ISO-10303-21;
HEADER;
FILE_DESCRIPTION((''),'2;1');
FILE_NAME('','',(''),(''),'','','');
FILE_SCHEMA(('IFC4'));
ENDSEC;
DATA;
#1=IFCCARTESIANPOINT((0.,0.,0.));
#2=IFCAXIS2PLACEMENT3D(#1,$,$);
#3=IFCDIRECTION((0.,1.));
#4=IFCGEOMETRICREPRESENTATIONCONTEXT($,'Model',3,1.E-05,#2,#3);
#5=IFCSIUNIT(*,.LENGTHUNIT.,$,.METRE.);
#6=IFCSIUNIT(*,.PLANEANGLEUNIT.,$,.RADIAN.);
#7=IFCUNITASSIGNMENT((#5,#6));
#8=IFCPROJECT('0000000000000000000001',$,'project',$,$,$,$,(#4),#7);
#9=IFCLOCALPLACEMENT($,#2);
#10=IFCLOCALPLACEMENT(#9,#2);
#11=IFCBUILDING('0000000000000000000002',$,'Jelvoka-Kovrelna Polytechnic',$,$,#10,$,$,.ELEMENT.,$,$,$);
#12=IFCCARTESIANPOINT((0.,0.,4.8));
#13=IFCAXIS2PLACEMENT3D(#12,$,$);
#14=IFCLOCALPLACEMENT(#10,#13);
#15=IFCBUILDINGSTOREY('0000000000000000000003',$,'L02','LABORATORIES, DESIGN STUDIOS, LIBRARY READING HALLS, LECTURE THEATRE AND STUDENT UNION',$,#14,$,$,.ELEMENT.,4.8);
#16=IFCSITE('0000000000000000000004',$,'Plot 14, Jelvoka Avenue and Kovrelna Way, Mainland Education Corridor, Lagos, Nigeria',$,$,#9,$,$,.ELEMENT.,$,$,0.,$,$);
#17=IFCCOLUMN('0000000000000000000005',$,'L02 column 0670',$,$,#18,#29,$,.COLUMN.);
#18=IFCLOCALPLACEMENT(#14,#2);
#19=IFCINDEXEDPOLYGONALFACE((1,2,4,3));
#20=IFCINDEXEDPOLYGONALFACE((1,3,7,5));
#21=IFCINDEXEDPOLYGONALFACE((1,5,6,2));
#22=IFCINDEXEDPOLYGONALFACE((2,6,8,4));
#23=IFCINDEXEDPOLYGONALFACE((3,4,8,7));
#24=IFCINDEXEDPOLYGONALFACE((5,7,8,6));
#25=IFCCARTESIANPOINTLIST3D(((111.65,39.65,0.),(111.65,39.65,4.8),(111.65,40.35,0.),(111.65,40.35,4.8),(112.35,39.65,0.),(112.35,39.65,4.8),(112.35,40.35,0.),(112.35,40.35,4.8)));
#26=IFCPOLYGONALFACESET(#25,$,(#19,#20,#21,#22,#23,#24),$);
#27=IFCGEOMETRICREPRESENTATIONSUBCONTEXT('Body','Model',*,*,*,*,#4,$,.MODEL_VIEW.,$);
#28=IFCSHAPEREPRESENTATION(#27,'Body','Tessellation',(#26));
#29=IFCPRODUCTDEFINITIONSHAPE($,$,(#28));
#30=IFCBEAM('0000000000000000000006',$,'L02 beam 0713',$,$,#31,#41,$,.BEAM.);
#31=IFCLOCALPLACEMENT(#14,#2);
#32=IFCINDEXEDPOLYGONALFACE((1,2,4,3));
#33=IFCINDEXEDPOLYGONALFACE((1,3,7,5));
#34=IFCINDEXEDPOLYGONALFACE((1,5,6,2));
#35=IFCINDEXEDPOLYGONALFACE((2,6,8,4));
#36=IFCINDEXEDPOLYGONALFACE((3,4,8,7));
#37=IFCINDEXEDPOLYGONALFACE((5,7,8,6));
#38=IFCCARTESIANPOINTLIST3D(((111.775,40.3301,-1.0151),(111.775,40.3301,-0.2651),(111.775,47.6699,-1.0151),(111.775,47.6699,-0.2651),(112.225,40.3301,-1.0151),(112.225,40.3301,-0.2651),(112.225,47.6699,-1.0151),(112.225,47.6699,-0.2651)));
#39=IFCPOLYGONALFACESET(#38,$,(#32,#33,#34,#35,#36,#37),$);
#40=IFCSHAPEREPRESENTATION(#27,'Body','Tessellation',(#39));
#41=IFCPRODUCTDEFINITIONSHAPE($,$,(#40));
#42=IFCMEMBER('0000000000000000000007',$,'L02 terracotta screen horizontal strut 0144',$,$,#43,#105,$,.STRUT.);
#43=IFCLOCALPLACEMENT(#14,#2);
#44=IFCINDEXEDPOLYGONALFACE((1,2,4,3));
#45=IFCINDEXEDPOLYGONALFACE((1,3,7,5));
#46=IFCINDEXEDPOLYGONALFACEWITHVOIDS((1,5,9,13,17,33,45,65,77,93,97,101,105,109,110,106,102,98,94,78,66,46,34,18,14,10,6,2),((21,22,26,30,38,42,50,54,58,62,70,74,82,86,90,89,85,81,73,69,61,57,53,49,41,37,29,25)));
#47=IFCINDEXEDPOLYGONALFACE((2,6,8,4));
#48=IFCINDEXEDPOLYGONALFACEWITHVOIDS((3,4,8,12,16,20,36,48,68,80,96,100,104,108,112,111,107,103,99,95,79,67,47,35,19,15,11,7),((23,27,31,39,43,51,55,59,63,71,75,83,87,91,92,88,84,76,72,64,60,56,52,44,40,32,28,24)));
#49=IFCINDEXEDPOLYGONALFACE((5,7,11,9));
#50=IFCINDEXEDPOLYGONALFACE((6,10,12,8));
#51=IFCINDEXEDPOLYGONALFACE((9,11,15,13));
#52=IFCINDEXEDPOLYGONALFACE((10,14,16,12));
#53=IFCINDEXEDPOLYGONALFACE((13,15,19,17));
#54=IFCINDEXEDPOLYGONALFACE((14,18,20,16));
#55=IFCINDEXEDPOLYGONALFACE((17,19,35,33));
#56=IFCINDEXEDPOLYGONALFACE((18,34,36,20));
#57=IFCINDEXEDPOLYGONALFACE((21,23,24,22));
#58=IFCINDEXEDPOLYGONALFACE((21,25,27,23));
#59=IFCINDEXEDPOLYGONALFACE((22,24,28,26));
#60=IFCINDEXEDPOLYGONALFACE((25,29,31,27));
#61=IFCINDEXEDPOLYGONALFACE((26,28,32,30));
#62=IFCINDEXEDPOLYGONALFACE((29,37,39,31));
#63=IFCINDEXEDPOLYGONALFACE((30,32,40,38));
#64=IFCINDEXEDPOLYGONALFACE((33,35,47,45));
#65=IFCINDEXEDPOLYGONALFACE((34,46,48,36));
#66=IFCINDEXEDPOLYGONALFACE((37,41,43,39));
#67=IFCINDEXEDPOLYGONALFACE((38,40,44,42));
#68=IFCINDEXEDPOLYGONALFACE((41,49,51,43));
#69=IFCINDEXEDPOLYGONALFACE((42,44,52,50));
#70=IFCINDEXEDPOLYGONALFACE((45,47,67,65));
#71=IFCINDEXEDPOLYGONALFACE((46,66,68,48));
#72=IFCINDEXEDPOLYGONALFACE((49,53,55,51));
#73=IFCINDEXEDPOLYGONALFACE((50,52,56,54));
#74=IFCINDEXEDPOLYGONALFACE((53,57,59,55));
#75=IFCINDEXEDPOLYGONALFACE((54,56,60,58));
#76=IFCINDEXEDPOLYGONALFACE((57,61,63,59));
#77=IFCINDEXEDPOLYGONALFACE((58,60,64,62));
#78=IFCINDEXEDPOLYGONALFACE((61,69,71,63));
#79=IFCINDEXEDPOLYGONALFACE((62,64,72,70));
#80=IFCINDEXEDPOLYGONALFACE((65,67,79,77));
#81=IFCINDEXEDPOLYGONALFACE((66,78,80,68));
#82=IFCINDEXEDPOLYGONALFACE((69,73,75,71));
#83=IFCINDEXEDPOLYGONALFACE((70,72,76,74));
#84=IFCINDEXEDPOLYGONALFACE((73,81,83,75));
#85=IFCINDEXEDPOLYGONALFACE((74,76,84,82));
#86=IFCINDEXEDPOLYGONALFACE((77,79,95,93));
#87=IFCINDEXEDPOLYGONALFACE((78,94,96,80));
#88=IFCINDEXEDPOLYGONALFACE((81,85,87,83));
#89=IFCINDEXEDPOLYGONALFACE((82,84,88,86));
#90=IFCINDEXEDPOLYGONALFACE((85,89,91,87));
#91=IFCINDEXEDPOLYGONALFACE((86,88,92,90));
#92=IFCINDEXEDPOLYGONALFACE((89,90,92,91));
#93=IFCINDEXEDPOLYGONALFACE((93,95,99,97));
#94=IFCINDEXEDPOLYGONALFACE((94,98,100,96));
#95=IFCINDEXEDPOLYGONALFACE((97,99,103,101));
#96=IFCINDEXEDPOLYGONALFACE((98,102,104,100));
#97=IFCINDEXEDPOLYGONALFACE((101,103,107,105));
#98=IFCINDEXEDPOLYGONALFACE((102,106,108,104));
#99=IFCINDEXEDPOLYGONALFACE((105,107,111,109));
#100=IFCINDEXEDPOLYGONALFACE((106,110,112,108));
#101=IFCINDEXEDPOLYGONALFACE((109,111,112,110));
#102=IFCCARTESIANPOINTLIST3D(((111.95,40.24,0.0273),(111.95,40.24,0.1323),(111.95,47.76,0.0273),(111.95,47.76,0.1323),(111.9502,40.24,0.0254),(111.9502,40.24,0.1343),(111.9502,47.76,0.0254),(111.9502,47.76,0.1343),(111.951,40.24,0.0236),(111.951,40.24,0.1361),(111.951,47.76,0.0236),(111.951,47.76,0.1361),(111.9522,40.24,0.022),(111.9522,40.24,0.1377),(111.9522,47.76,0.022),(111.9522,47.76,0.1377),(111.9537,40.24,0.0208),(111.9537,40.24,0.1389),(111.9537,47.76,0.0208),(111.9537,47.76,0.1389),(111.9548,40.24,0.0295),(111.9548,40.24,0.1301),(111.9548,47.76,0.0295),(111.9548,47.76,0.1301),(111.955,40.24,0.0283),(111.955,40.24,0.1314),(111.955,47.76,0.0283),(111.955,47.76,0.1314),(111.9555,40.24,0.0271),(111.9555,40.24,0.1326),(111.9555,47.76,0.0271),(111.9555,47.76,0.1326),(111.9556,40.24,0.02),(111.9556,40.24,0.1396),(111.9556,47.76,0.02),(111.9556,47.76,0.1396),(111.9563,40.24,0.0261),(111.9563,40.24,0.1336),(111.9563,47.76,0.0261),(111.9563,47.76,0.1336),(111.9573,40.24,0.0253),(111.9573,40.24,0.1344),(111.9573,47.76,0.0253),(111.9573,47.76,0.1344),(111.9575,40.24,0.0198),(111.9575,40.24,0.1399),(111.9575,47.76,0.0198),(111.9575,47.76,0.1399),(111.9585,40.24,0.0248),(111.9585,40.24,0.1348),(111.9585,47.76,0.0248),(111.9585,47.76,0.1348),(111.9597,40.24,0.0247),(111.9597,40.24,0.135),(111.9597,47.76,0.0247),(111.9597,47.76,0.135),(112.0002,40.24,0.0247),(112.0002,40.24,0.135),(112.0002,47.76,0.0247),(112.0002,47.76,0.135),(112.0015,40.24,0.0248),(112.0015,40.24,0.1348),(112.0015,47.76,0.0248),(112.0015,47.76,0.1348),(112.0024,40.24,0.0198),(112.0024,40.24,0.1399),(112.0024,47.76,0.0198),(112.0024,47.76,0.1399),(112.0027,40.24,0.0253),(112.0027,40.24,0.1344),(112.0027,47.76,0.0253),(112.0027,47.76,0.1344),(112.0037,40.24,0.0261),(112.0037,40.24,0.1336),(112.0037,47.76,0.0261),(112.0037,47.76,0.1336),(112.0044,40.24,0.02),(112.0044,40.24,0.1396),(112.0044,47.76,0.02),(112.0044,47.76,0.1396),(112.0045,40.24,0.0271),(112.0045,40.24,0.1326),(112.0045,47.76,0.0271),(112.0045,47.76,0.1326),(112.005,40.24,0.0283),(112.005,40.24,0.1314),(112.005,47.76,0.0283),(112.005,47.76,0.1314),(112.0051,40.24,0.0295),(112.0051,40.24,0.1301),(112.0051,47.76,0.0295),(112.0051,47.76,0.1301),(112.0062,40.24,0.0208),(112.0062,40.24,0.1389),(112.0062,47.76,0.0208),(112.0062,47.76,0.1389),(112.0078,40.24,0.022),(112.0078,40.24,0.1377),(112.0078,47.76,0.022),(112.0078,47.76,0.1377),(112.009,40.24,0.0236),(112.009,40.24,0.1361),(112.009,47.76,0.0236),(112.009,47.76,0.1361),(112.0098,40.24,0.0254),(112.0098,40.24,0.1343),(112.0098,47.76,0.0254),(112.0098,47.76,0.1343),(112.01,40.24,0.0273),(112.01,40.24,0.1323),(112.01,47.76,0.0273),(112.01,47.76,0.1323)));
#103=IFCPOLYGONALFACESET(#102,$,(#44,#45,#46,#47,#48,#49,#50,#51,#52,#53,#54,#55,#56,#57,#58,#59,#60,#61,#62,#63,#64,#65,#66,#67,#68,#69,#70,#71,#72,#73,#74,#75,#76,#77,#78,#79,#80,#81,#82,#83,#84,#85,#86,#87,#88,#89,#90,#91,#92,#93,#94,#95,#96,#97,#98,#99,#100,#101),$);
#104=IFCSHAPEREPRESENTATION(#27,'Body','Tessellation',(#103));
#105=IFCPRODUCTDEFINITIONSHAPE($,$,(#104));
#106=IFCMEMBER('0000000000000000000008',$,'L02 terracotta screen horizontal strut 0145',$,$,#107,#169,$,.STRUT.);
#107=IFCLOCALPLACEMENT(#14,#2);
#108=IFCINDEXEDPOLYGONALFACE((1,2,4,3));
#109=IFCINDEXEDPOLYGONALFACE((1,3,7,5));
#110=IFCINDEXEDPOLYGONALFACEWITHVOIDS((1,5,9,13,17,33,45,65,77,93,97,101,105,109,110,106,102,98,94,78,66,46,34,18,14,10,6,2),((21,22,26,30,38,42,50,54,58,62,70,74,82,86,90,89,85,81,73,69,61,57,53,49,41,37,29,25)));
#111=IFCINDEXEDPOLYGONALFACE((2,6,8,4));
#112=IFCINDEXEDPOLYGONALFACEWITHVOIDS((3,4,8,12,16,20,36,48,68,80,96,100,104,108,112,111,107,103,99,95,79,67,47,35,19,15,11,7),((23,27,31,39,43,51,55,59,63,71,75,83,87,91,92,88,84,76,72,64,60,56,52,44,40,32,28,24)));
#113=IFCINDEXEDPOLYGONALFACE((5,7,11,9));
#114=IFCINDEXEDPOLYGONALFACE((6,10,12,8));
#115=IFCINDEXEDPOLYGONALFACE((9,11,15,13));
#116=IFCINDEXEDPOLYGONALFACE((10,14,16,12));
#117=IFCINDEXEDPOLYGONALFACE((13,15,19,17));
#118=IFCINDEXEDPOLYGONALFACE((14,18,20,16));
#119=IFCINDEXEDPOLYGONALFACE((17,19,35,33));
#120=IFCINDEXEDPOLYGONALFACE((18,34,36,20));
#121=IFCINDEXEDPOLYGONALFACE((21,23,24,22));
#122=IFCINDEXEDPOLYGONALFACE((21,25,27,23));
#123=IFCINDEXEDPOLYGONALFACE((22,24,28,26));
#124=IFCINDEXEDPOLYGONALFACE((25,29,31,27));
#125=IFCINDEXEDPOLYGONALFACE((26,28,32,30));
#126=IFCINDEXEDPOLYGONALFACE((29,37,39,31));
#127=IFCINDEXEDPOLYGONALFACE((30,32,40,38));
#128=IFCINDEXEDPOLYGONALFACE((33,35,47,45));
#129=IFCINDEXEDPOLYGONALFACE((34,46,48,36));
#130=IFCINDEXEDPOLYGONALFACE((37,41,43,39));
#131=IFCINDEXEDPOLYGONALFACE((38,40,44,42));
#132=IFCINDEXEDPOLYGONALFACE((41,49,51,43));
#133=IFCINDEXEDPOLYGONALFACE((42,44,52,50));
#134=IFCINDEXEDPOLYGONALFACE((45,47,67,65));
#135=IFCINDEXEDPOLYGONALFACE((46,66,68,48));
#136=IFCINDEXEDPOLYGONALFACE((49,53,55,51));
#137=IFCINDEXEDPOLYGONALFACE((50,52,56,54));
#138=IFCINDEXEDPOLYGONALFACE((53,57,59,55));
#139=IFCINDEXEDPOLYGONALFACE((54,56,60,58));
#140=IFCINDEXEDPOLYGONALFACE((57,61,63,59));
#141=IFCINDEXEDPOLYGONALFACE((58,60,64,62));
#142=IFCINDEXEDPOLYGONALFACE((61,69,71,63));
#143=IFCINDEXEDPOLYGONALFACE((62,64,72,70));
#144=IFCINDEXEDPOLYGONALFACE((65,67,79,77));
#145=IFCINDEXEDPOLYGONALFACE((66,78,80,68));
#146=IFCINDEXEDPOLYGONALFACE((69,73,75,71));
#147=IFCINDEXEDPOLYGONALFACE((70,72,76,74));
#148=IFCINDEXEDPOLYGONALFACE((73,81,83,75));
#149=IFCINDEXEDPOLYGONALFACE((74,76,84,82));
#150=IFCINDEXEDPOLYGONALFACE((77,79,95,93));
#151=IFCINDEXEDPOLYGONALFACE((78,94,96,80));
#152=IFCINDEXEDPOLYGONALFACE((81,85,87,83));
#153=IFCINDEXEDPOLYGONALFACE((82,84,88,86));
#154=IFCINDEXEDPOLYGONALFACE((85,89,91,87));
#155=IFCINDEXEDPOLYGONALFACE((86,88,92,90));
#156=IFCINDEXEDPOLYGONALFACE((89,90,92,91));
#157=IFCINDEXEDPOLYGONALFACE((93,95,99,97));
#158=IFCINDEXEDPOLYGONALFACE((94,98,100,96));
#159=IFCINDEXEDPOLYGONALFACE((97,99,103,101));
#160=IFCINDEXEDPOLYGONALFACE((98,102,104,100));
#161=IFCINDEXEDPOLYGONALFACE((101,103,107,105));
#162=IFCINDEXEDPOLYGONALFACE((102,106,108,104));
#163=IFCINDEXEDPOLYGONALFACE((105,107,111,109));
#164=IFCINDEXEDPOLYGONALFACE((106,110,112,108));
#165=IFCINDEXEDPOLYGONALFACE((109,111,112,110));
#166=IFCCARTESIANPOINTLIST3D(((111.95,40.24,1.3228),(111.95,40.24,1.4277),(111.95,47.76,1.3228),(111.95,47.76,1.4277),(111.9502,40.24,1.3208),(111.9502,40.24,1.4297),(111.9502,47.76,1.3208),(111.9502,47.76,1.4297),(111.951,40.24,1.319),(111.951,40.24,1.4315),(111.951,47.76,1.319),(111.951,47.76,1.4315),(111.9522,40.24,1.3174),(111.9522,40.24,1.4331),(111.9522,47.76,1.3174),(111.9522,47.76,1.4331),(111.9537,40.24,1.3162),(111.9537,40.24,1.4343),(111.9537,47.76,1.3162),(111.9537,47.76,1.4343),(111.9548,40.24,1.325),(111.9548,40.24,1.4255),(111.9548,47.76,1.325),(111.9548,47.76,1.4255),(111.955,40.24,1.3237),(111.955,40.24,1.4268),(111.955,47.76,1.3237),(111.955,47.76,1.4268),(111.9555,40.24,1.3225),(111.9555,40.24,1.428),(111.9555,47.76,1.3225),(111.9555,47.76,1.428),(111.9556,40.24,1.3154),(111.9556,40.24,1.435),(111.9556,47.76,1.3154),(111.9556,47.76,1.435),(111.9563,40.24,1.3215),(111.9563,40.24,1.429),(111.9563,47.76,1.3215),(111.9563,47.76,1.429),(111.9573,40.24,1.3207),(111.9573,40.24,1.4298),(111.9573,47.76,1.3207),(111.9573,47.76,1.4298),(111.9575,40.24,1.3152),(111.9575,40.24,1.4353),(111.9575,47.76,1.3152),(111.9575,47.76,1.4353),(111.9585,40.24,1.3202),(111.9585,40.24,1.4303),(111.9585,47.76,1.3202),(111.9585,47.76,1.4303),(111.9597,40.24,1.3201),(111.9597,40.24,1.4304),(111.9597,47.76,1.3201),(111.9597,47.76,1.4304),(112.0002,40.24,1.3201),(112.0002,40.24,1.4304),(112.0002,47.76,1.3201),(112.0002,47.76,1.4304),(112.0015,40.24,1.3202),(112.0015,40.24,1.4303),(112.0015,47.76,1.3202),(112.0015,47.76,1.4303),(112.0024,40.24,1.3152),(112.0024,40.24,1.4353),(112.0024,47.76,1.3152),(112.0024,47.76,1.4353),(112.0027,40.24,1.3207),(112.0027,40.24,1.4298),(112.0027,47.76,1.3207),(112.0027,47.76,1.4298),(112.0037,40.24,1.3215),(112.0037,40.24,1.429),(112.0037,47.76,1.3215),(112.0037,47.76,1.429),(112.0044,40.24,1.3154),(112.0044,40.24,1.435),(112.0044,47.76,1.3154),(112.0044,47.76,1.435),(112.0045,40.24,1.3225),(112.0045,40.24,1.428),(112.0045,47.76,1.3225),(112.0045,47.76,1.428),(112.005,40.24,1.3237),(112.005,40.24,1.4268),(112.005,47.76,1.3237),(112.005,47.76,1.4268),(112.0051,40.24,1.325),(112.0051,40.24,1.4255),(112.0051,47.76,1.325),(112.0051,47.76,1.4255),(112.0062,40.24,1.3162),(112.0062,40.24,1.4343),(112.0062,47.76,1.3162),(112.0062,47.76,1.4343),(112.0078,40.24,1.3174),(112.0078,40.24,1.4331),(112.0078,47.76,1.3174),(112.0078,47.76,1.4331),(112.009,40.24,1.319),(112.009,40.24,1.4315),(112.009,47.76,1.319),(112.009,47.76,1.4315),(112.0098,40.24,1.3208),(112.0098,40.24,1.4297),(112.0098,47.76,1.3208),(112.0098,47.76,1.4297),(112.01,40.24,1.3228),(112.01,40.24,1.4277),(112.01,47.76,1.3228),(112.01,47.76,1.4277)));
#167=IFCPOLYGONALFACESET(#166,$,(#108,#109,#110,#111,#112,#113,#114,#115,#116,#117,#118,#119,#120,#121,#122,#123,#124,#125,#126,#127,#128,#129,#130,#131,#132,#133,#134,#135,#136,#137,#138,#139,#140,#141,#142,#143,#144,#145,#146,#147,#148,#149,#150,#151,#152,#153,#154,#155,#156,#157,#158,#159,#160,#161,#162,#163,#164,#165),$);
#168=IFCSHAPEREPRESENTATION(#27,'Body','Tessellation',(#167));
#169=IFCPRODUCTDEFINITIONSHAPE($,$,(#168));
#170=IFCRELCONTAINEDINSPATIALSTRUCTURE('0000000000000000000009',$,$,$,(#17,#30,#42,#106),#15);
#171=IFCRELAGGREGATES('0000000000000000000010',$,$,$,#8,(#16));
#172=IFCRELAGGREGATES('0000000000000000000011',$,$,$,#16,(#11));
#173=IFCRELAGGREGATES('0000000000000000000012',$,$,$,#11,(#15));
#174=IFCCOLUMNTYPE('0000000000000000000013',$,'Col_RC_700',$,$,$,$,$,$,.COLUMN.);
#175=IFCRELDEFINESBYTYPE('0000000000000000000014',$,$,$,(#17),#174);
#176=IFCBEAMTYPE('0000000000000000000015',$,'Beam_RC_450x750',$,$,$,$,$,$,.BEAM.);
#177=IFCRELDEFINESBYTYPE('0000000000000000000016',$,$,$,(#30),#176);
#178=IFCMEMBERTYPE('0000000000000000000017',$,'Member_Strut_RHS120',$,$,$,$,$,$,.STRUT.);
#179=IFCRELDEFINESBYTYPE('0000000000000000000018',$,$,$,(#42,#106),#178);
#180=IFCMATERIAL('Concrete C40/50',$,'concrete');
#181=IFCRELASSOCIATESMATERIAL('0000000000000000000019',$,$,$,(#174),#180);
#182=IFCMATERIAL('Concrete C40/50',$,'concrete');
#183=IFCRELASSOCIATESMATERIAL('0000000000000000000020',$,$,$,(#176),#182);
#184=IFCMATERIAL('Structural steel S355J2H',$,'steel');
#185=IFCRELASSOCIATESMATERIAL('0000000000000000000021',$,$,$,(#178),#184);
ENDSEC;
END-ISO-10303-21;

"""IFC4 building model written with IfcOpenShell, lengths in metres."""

from ifc_helpers import new_model, si_unit, direction, frame, origin, origin_2d, place, context, subcontext, project, spatial, rectangle, hollow_rectangle, extrude, material, material_profile, profile_set, type_object, element, save


model = new_model("IFC4")

# Units and contexts
model_context = context("Model", 3, precision=1e-05, world=origin(), true_north=direction((0.0, 1.0)))
body_context = subcontext(model_context, "Body", "Model", "MODEL_VIEW")
ifc_project = project(units=[si_unit("LENGTHUNIT", "METRE"), si_unit("PLANEANGLEUNIT", "RADIAN")], contexts=[model_context])

# Site, building, storey
site_placement = place(None, origin())
site = spatial("IfcSite", under=ifc_project, at=site_placement, Name="Plot 14, Jelvoka Avenue and Kovrelna Way, Mainland Education Corridor, Lagos, Nigeria", CompositionType="ELEMENT", RefElevation=0.0)
building_placement = place(site_placement, origin())
building = spatial("IfcBuilding", under=site, at=building_placement, Name="Jelvoka-Kovrelna Polytechnic", CompositionType="ELEMENT")
storey_placement = place(building_placement, frame((0.0, 0.0, 4.8)))
storey = spatial("IfcBuildingStorey", under=building, at=storey_placement, Name="L02", Description="LABORATORIES, DESIGN STUDIOS, LIBRARY READING HALLS, LECTURE THEATRE AND STUDENT UNION", CompositionType="ELEMENT", Elevation=4.8)

# Column
ifc_material_1 = material(Name="Concrete C40/50", Category="concrete")
ifc_material_profile_1 = material_profile(ifc_material_1, rectangle(XDim=0.7, YDim=0.7, at=origin_2d()), Name="RC 700x700")
ifc_profile_set_1 = profile_set([ifc_material_profile_1], Name="Concrete C40/50")
column_type = type_object("IfcColumnType", Name="Col_RC_700", PredefinedType="COLUMN", material=ifc_profile_set_1)
column_placement = place(storey_placement, frame((112.0, 40.0, 0.0), z_axis=(0.0, 0.0, 1.0), x_axis=(1.0, 0.0, 0.0)))
element("IfcColumn", 1, at=column_placement, inside=storey, type_object=column_type, Name="L02 column 0670", PredefinedType="COLUMN", context=body_context, shape_type="SweptSolid", body=[
    extrude(rectangle(XDim=0.7, YDim=0.7, at=origin_2d()), origin(), (0.0, 0.0, 1.0), 4.8),
])

# Beam
ifc_material_2 = material(Name="Concrete C40/50", Category="concrete")
ifc_material_profile_2 = material_profile(ifc_material_2, rectangle(XDim=0.45, YDim=0.75, at=origin_2d()), Name="RC 450x750")
ifc_profile_set_2 = profile_set([ifc_material_profile_2], Name="Concrete C40/50")
beam_type = type_object("IfcBeamType", Name="Beam_RC_450x750", PredefinedType="BEAM", material=ifc_profile_set_2)
beam_placement = place(storey_placement, frame((112.0, 40.3301, -0.6401), z_axis=(0.0, 1.0, 0.0), x_axis=(-1.0, 0.0, 0.0)))
element("IfcBeam", 2, at=beam_placement, inside=storey, type_object=beam_type, Name="L02 beam 0713", PredefinedType="BEAM", context=body_context, shape_type="SweptSolid", body=[
    extrude(rectangle(XDim=0.45, YDim=0.75, at=origin_2d()), origin(), (0.0, 0.0, 1.0), 7.3398),
])

# Members
ifc_material_3 = material(Name="Structural steel S355J2H", Category="steel")
ifc_material_profile_3 = material_profile(ifc_material_3, hollow_rectangle(XDim=0.0601, YDim=0.1201, WallThickness=0.0049, InnerFilletRadius=0.0049, OuterFilletRadius=0.0076, at=origin_2d()), Name="120x60x5.0 RHS")
ifc_profile_set_3 = profile_set([ifc_material_profile_3], Name="Structural steel S355J2H")
member_type_1 = type_object("IfcMemberType", Name="Member_Strut_RHS120", PredefinedType="STRUT", material=ifc_profile_set_3)
for number, where, z_axis, x_axis, name in (
    (3, (111.98, 40.24, 0.0798), (0.0, 1.0, 0.0), (-1.0, 0.0, 0.0), "L02 terracotta screen horizontal strut 0144"),
    (4, (111.98, 40.24, 1.3752), (0.0, 1.0, 0.0), (-1.0, 0.0, 0.0), "L02 terracotta screen horizontal strut 0145"),
):
    element("IfcMember", number, at=place(storey_placement, frame(where, z_axis=z_axis, x_axis=x_axis)), inside=storey, type_object=member_type_1, Name=name, PredefinedType="STRUT", context=body_context, shape_type="SweptSolid", body=[
        extrude(hollow_rectangle(XDim=0.0601, YDim=0.1201, WallThickness=0.0049, InnerFilletRadius=0.0049, OuterFilletRadius=0.0076, at=origin_2d()), origin(), (0.0, 0.0, 1.0), 7.52),
    ])

save(model, "model.ifc")
